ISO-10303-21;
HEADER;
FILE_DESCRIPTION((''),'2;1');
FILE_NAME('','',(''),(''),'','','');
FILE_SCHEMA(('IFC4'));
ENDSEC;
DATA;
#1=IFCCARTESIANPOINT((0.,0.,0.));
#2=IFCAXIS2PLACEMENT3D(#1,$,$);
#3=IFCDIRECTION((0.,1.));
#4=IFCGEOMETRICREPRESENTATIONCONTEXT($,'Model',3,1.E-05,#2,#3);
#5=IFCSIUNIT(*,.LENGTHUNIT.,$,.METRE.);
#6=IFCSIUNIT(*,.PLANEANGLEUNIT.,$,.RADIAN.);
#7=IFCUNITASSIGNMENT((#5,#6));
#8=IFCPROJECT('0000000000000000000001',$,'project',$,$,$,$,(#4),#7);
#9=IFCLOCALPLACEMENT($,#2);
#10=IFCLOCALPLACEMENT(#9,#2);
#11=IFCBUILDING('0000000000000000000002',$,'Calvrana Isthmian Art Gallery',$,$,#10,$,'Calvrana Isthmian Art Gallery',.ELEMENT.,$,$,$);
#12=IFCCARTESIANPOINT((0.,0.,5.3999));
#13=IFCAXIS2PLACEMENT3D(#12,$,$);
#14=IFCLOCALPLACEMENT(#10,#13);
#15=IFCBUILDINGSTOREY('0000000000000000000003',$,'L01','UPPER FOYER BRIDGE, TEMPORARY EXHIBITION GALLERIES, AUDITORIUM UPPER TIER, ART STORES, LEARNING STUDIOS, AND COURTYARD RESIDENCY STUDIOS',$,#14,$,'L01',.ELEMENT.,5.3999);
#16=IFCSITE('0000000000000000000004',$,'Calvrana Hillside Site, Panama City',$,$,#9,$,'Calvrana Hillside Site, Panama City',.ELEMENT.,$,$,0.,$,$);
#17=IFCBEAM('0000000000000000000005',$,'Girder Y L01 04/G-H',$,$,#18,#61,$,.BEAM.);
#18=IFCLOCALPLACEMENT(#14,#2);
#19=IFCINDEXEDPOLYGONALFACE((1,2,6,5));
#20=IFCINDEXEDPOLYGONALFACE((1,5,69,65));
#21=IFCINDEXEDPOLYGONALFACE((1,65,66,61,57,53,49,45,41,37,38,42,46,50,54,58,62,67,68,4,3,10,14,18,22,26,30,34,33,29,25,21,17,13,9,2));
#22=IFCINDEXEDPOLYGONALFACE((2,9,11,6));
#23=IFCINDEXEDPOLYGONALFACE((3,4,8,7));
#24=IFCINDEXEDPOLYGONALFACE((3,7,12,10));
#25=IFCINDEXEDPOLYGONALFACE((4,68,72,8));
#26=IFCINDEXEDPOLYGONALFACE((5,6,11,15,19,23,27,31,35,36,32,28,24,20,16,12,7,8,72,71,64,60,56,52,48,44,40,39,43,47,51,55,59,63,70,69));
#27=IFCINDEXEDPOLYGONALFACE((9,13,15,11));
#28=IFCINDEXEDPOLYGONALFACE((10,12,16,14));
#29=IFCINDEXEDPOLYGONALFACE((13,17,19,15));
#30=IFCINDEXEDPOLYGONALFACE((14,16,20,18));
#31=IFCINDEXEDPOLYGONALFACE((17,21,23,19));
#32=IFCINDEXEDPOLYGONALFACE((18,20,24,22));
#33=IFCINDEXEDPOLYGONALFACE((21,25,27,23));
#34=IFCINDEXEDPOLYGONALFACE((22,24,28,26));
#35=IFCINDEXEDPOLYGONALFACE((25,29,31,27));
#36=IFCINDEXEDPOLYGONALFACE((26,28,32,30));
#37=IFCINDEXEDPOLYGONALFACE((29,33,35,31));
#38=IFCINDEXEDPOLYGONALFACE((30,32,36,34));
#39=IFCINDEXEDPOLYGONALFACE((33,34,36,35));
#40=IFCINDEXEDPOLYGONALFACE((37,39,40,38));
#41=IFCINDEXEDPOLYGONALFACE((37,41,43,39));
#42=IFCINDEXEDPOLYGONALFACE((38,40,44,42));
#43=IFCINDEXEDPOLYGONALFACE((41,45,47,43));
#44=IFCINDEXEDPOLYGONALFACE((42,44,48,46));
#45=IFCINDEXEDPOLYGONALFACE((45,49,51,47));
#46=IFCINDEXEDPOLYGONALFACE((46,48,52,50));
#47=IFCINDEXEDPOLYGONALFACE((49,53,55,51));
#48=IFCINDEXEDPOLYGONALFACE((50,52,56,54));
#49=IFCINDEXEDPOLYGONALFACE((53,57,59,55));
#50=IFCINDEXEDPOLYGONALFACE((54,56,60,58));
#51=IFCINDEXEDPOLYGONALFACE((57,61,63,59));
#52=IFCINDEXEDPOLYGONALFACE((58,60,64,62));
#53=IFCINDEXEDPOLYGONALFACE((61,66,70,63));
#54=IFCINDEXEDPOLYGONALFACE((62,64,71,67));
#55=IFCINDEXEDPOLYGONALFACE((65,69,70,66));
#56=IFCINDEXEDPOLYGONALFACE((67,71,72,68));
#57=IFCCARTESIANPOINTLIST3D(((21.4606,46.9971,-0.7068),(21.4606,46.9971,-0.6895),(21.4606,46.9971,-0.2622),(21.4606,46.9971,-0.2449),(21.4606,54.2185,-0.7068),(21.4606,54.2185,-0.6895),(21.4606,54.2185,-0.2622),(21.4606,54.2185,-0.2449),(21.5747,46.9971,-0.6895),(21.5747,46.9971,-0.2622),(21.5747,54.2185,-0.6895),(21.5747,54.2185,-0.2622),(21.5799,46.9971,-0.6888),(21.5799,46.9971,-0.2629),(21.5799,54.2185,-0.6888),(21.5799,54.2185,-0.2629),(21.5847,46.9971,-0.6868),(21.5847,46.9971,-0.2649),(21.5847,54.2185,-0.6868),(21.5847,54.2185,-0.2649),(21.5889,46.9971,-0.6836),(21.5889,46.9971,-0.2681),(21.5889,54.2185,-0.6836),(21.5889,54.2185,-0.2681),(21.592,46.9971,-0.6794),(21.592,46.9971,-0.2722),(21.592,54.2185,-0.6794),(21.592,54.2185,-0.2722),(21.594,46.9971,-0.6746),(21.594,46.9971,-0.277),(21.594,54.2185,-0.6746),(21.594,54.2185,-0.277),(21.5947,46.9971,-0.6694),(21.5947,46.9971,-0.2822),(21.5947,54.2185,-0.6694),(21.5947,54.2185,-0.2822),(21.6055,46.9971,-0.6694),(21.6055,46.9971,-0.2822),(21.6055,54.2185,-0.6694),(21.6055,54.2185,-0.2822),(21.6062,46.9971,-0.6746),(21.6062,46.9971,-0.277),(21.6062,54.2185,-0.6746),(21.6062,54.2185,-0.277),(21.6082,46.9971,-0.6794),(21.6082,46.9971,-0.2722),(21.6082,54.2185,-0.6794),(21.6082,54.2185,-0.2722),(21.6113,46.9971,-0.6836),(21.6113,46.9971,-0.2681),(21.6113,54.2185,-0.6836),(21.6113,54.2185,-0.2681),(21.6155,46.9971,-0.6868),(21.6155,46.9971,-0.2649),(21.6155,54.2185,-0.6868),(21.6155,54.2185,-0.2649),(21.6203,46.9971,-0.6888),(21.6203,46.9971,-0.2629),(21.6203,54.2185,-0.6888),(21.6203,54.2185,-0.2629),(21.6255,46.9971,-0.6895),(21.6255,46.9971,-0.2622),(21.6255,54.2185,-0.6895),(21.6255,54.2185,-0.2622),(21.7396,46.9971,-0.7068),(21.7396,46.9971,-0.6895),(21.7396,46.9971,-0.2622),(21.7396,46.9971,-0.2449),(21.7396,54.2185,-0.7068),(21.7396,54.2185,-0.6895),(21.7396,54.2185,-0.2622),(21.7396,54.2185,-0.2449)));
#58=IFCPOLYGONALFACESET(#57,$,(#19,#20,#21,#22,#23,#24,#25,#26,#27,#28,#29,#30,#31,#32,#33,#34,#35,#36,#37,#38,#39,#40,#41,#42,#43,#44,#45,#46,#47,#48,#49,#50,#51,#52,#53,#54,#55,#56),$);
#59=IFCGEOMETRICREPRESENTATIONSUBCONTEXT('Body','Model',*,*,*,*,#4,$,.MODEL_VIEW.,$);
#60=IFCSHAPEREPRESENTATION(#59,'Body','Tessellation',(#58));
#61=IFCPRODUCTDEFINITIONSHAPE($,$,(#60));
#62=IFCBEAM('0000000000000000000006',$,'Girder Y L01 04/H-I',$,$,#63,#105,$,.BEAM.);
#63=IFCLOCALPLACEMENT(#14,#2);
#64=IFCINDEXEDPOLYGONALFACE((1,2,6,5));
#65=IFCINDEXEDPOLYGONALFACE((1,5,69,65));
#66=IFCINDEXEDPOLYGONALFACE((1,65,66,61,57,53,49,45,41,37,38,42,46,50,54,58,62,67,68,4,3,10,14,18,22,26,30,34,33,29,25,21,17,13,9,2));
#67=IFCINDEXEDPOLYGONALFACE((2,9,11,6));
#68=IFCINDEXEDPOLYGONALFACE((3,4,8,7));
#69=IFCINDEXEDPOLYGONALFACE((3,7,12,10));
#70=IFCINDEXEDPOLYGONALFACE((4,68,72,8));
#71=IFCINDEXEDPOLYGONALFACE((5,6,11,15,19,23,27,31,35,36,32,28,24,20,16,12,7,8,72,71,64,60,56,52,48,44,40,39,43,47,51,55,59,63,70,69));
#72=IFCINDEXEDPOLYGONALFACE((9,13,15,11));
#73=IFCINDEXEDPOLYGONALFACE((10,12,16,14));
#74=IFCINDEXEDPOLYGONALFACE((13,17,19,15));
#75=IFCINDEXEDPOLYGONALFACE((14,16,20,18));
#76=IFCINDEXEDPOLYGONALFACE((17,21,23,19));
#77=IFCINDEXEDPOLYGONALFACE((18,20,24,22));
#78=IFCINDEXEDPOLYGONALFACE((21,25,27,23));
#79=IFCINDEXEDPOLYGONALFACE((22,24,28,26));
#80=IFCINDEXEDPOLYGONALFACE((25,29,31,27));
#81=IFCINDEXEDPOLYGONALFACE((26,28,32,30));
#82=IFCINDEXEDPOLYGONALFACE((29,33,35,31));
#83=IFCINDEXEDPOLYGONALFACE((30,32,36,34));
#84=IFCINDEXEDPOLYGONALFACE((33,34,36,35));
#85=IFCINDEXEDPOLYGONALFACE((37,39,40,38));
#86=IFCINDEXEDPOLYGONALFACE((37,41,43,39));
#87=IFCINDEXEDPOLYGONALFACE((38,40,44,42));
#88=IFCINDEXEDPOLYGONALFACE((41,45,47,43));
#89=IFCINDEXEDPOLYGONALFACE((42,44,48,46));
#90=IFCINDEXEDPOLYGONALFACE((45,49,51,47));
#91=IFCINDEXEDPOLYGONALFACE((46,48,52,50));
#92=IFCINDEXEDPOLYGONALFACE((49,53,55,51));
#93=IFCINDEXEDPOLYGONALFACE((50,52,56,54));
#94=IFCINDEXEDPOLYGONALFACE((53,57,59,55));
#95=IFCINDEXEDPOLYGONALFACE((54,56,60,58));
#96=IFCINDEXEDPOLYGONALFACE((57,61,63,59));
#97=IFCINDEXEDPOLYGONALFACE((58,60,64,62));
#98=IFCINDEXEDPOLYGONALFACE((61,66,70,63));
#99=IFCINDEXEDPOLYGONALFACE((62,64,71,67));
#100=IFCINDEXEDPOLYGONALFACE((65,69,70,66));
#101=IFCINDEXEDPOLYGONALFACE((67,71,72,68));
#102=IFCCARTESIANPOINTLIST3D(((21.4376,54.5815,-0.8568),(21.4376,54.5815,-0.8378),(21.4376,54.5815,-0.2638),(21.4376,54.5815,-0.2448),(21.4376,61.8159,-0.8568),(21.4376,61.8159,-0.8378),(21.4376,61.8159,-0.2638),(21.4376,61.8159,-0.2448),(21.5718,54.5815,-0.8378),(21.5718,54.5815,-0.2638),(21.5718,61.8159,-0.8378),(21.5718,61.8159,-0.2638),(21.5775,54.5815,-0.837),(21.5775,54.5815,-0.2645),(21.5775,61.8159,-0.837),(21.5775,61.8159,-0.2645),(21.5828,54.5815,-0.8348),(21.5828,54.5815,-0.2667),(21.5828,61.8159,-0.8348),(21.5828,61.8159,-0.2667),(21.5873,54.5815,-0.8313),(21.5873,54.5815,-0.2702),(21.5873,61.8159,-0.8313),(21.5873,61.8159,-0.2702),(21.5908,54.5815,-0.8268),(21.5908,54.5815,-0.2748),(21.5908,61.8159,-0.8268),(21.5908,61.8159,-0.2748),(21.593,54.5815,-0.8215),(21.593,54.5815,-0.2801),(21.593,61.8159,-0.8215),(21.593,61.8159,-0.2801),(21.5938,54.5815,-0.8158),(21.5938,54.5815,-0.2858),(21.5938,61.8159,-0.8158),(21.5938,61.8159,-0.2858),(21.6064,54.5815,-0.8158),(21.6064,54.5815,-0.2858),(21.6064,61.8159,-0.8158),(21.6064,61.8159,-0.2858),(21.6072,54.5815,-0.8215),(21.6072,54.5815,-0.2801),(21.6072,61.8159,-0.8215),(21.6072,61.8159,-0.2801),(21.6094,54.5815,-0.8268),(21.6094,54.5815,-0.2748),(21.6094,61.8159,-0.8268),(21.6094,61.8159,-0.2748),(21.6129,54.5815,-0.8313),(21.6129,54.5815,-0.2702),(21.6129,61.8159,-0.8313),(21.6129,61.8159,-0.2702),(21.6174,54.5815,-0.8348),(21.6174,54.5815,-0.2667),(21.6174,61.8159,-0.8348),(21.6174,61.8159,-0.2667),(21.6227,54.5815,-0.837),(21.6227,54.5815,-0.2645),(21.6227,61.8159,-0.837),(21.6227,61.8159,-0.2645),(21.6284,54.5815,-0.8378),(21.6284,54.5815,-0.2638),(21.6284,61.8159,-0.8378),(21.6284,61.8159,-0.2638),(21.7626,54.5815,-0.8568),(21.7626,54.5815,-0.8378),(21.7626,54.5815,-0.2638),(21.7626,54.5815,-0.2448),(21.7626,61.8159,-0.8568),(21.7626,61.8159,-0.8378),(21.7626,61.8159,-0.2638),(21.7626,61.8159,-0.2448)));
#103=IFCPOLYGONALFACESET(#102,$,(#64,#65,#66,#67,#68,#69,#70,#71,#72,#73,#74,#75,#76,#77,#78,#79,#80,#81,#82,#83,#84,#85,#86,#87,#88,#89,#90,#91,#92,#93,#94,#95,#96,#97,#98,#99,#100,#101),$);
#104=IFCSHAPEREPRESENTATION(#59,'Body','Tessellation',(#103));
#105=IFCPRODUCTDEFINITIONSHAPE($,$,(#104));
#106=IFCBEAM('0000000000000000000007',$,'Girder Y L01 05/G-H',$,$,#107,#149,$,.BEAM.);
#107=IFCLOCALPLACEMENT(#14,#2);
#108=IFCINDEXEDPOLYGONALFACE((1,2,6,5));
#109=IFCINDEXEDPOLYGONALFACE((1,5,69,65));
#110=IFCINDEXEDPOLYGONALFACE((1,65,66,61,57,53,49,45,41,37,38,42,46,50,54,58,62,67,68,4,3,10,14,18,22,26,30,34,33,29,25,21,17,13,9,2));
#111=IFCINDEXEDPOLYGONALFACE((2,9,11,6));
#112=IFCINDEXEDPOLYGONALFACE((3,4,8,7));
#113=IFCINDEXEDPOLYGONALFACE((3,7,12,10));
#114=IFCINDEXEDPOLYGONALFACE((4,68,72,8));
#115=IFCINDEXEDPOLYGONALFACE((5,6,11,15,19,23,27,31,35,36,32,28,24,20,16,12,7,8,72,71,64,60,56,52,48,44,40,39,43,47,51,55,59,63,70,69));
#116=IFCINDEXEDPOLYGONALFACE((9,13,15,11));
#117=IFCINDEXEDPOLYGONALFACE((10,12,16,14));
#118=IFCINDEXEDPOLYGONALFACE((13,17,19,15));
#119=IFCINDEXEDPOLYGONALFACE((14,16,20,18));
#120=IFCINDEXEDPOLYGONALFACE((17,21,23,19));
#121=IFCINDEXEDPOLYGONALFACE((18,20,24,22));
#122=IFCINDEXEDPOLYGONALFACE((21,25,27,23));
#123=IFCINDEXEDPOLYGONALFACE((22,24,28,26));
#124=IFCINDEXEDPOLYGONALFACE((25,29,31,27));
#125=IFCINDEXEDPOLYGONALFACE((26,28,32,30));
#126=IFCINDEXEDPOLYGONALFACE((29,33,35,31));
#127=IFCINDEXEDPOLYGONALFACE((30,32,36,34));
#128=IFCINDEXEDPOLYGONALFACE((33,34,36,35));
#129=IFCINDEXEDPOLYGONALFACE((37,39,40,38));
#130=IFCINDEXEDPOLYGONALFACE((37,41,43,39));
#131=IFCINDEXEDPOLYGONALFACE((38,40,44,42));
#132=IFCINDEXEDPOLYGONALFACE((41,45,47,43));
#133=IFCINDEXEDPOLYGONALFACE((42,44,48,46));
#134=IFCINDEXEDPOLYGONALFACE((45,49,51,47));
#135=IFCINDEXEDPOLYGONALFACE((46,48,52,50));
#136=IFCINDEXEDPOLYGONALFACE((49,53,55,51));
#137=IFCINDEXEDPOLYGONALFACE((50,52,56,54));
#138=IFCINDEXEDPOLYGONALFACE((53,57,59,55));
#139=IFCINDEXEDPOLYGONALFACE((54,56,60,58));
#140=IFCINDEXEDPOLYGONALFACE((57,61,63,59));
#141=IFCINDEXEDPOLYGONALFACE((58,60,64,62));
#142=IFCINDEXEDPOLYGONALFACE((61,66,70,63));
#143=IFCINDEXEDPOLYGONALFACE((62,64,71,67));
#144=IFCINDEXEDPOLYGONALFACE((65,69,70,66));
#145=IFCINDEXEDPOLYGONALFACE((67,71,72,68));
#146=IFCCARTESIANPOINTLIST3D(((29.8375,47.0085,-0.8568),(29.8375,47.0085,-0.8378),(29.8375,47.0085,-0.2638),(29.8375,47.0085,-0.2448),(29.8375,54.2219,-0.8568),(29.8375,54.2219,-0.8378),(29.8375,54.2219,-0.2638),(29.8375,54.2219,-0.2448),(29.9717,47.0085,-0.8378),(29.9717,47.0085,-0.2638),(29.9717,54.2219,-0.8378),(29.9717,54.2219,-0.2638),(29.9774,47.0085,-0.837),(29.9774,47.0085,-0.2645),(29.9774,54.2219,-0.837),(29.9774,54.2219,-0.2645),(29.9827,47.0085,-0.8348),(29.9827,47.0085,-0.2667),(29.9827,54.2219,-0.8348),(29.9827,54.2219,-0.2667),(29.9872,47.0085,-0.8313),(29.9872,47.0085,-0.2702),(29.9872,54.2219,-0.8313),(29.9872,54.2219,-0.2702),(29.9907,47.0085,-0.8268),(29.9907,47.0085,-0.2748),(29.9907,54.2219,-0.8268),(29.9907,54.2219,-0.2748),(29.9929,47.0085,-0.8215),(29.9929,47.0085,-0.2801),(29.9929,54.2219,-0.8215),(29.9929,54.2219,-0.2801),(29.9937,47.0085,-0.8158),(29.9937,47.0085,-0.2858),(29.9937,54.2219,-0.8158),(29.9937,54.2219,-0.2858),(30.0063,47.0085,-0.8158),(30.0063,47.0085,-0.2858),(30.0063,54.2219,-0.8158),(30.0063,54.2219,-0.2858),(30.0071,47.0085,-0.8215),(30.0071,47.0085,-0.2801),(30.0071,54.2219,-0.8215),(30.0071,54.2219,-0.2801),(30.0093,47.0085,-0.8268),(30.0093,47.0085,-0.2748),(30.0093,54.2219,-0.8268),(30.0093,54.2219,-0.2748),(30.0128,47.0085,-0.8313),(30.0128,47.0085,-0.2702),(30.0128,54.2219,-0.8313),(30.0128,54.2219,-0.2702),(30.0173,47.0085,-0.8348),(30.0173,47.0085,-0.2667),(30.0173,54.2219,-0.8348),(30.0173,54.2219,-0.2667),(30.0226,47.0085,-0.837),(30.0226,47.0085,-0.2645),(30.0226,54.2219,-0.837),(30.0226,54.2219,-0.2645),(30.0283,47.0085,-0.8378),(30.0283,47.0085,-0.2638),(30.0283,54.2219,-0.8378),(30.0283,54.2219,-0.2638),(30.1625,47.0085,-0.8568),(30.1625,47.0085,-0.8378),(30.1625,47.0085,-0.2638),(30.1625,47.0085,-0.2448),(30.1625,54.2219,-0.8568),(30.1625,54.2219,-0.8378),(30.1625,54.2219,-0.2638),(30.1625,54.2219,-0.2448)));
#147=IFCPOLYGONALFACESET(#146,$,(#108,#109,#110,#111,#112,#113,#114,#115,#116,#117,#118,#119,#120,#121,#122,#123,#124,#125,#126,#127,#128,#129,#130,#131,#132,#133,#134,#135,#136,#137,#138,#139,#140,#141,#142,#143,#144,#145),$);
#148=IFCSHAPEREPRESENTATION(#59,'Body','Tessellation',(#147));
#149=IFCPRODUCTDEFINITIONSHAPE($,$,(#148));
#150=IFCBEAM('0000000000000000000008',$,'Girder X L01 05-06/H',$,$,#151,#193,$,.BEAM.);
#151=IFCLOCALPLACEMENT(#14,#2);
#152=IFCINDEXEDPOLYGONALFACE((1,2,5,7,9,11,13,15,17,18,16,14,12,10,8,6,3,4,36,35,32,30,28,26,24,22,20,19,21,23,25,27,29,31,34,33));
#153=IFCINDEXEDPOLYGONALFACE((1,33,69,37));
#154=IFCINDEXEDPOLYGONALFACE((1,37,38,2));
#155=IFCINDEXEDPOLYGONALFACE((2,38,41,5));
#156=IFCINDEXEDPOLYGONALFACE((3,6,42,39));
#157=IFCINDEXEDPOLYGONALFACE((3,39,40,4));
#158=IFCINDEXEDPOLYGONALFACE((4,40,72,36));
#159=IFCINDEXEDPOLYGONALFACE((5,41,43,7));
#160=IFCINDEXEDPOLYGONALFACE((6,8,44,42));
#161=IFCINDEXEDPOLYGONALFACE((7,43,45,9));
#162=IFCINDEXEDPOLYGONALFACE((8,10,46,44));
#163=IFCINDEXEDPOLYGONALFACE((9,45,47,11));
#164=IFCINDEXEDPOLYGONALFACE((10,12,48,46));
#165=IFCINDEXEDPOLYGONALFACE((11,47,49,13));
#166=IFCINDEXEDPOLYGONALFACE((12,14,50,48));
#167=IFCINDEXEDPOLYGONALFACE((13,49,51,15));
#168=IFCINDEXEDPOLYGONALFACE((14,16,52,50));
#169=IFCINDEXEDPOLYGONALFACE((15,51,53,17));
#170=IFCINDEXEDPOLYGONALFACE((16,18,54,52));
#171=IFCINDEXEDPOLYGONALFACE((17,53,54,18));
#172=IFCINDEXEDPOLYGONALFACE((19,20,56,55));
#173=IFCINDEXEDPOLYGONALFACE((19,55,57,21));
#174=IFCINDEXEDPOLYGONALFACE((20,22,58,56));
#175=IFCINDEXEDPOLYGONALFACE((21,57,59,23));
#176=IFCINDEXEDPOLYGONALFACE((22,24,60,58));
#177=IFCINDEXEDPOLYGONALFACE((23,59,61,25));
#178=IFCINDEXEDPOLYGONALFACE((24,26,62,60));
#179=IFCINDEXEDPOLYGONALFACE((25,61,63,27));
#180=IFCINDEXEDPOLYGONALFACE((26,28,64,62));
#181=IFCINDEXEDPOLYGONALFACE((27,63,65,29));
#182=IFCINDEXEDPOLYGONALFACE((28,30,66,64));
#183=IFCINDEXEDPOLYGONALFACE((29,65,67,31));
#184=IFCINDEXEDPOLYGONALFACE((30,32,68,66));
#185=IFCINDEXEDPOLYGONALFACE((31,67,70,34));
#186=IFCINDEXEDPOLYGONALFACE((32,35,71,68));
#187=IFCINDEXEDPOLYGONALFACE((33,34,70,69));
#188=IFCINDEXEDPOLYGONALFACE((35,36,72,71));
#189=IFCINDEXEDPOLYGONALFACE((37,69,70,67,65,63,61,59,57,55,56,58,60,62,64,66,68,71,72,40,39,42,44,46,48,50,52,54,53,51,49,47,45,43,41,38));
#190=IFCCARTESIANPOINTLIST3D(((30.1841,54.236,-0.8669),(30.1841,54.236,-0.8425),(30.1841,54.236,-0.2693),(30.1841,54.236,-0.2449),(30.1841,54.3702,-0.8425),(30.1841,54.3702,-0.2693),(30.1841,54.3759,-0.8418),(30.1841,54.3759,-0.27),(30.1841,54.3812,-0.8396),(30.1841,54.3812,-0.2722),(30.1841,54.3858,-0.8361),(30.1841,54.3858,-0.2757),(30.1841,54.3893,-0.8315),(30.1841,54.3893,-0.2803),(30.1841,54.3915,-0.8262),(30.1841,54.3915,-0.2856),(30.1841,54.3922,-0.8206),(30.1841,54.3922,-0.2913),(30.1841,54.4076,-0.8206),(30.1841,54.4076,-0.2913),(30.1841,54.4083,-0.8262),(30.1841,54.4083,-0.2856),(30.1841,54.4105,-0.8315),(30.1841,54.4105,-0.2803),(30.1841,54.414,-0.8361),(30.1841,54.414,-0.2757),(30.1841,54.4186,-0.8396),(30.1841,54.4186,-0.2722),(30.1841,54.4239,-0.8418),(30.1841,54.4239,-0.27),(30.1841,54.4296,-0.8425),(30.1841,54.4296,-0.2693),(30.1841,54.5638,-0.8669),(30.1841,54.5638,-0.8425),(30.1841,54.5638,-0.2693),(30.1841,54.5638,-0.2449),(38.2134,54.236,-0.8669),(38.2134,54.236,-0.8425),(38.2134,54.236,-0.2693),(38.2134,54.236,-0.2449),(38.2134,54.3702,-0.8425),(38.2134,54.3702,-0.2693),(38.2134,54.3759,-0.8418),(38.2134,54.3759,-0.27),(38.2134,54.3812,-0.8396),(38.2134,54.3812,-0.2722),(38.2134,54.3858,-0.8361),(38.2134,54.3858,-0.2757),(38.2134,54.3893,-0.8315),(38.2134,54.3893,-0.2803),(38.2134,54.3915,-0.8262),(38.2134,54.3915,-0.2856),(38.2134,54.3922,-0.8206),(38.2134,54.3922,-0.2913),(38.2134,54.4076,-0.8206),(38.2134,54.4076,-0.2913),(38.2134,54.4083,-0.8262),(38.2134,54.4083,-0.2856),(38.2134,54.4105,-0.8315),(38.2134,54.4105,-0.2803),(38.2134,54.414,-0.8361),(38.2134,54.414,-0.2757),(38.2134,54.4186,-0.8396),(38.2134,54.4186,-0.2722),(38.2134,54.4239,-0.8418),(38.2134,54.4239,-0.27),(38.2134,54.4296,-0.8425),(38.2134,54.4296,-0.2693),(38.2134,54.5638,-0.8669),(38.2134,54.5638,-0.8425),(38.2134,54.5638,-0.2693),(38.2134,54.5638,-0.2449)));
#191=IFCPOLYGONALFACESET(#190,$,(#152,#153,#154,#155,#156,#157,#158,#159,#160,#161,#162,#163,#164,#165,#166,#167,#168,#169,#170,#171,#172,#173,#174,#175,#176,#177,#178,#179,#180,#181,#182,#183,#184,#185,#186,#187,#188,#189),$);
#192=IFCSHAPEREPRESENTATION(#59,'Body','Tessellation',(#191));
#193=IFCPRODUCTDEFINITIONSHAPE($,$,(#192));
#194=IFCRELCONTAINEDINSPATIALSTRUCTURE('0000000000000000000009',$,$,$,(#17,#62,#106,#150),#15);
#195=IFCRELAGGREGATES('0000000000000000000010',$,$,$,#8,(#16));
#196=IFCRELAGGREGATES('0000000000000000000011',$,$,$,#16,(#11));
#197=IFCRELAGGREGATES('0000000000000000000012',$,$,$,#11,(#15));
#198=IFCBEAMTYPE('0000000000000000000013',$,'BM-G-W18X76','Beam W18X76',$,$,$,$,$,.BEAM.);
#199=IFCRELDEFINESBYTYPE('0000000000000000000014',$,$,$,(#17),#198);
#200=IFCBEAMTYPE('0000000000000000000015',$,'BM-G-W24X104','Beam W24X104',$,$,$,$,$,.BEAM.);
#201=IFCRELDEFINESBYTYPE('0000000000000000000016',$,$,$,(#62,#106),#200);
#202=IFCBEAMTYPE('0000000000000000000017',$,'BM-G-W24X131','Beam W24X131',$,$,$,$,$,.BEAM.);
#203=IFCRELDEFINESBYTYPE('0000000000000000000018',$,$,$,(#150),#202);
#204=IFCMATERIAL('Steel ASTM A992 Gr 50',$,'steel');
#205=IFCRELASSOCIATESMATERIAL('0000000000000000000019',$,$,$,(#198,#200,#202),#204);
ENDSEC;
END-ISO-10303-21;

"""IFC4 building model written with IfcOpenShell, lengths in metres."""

from ifc_helpers import new_model, si_unit, direction, frame, origin, origin_2d, place, context, subcontext, project, spatial, i_section, extrude, material, material_profile, profile_set, type_object, element, save


model = new_model("IFC4")

# Units and contexts
model_context = context("Model", 3, precision=1e-05, world=origin(), true_north=direction((0.0, 1.0)))
body_context = subcontext(model_context, "Body", "Model", "MODEL_VIEW")
ifc_project = project(units=[si_unit("LENGTHUNIT", "METRE"), si_unit("PLANEANGLEUNIT", "RADIAN")], contexts=[model_context])

# Site, building, storey
site_placement = place(None, origin())
site = spatial("IfcSite", under=ifc_project, at=site_placement, Name="Calvrana Hillside Site, Panama City", LongName="Calvrana Hillside Site, Panama City", CompositionType="ELEMENT", RefElevation=0.0)
building_placement = place(site_placement, origin())
building = spatial("IfcBuilding", under=site, at=building_placement, Name="Calvrana Isthmian Art Gallery", LongName="Calvrana Isthmian Art Gallery", CompositionType="ELEMENT")
storey_placement = place(building_placement, frame((0.0, 0.0, 5.3999)))
storey = spatial("IfcBuildingStorey", under=building, at=storey_placement, Name="L01", Description="UPPER FOYER BRIDGE, TEMPORARY EXHIBITION GALLERIES, AUDITORIUM UPPER TIER, ART STORES, LEARNING STUDIOS, AND COURTYARD RESIDENCY STUDIOS", LongName="L01", CompositionType="ELEMENT", Elevation=5.3999)

# Shared definitions
ifc_material_1 = material(Name="Steel ASTM A992 Gr 50", Category="steel")

# Beams
ifc_material_profile_1 = material_profile(ifc_material_1, i_section(OverallWidth=0.2791, OverallDepth=0.4619, WebThickness=0.0107, FlangeThickness=0.0173, FilletRadius=0.02, at=origin_2d()), Name="W18X76")
ifc_profile_set_1 = profile_set([ifc_material_profile_1], Name="Steel ASTM A992 Gr 50")
beam_type_1 = type_object("IfcBeamType", Name="BM-G-W18X76", Description="Beam W18X76", PredefinedType="BEAM", material=ifc_profile_set_1)
beam_1_placement = place(storey_placement, frame((21.6001, 46.9971, -0.4758), z_axis=(0.0, 1.0, 0.0), x_axis=(-1.0, 0.0, 0.0)))
element("IfcBeam", 1, at=beam_1_placement, inside=storey, type_object=beam_type_1, Name="Girder Y L01 04/G-H", PredefinedType="BEAM", context=body_context, shape_type="SweptSolid", body=[
    extrude(i_section(OverallWidth=0.2791, OverallDepth=0.4619, WebThickness=0.0107, FlangeThickness=0.0173, FilletRadius=0.02, at=origin_2d()), origin(), (0.0, 0.0, 1.0), 7.2214),
])
ifc_material_profile_2 = material_profile(ifc_material_1, i_section(OverallWidth=0.325, OverallDepth=0.6121, WebThickness=0.0127, FlangeThickness=0.019, FilletRadius=0.022, at=origin_2d()), Name="W24X104")
ifc_profile_set_2 = profile_set([ifc_material_profile_2], Name="Steel ASTM A992 Gr 50")
beam_type_2 = type_object("IfcBeamType", Name="BM-G-W24X104", Description="Beam W24X104", PredefinedType="BEAM", material=ifc_profile_set_2)
beam_2_placement = place(storey_placement, frame((21.6001, 54.5815, -0.5508), z_axis=(0.0, 1.0, 0.0), x_axis=(-1.0, 0.0, 0.0)))
element("IfcBeam", 2, at=beam_2_placement, inside=storey, type_object=beam_type_2, Name="Girder Y L01 04/H-I", PredefinedType="BEAM", context=body_context, shape_type="SweptSolid", body=[
    extrude(i_section(OverallWidth=0.325, OverallDepth=0.6121, WebThickness=0.0127, FlangeThickness=0.019, FilletRadius=0.022, at=origin_2d()), origin(), (0.0, 0.0, 1.0), 7.2344),
])
beam_3_placement = place(storey_placement, frame((30.0, 47.0085, -0.5508), z_axis=(0.0, 1.0, 0.0), x_axis=(-1.0, 0.0, 0.0)))
element("IfcBeam", 3, at=beam_3_placement, inside=storey, type_object=beam_type_2, Name="Girder Y L01 05/G-H", PredefinedType="BEAM", context=body_context, shape_type="SweptSolid", body=[
    extrude(i_section(OverallWidth=0.325, OverallDepth=0.6121, WebThickness=0.0127, FlangeThickness=0.019, FilletRadius=0.022, at=origin_2d()), origin(), (0.0, 0.0, 1.0), 7.2134),
])
ifc_material_profile_3 = material_profile(ifc_material_1, i_section(OverallWidth=0.3279, OverallDepth=0.6221, WebThickness=0.0154, FlangeThickness=0.0244, FilletRadius=0.022, at=origin_2d()), Name="W24X131")
ifc_profile_set_3 = profile_set([ifc_material_profile_3], Name="Steel ASTM A992 Gr 50")
beam_type_3 = type_object("IfcBeamType", Name="BM-G-W24X131", Description="Beam W24X131", PredefinedType="BEAM", material=ifc_profile_set_3)
beam_4_placement = place(storey_placement, frame((30.1841, 54.3999, -0.5559), z_axis=(1.0, 0.0, 0.0), x_axis=(0.0, 1.0, 0.0)))
element("IfcBeam", 4, at=beam_4_placement, inside=storey, type_object=beam_type_3, Name="Girder X L01 05-06/H", PredefinedType="BEAM", context=body_context, shape_type="SweptSolid", body=[
    extrude(i_section(OverallWidth=0.3279, OverallDepth=0.6221, WebThickness=0.0154, FlangeThickness=0.0244, FilletRadius=0.022, at=origin_2d()), origin(), (0.0, 0.0, 1.0), 8.0293),
])

save(model, "model.ifc")
